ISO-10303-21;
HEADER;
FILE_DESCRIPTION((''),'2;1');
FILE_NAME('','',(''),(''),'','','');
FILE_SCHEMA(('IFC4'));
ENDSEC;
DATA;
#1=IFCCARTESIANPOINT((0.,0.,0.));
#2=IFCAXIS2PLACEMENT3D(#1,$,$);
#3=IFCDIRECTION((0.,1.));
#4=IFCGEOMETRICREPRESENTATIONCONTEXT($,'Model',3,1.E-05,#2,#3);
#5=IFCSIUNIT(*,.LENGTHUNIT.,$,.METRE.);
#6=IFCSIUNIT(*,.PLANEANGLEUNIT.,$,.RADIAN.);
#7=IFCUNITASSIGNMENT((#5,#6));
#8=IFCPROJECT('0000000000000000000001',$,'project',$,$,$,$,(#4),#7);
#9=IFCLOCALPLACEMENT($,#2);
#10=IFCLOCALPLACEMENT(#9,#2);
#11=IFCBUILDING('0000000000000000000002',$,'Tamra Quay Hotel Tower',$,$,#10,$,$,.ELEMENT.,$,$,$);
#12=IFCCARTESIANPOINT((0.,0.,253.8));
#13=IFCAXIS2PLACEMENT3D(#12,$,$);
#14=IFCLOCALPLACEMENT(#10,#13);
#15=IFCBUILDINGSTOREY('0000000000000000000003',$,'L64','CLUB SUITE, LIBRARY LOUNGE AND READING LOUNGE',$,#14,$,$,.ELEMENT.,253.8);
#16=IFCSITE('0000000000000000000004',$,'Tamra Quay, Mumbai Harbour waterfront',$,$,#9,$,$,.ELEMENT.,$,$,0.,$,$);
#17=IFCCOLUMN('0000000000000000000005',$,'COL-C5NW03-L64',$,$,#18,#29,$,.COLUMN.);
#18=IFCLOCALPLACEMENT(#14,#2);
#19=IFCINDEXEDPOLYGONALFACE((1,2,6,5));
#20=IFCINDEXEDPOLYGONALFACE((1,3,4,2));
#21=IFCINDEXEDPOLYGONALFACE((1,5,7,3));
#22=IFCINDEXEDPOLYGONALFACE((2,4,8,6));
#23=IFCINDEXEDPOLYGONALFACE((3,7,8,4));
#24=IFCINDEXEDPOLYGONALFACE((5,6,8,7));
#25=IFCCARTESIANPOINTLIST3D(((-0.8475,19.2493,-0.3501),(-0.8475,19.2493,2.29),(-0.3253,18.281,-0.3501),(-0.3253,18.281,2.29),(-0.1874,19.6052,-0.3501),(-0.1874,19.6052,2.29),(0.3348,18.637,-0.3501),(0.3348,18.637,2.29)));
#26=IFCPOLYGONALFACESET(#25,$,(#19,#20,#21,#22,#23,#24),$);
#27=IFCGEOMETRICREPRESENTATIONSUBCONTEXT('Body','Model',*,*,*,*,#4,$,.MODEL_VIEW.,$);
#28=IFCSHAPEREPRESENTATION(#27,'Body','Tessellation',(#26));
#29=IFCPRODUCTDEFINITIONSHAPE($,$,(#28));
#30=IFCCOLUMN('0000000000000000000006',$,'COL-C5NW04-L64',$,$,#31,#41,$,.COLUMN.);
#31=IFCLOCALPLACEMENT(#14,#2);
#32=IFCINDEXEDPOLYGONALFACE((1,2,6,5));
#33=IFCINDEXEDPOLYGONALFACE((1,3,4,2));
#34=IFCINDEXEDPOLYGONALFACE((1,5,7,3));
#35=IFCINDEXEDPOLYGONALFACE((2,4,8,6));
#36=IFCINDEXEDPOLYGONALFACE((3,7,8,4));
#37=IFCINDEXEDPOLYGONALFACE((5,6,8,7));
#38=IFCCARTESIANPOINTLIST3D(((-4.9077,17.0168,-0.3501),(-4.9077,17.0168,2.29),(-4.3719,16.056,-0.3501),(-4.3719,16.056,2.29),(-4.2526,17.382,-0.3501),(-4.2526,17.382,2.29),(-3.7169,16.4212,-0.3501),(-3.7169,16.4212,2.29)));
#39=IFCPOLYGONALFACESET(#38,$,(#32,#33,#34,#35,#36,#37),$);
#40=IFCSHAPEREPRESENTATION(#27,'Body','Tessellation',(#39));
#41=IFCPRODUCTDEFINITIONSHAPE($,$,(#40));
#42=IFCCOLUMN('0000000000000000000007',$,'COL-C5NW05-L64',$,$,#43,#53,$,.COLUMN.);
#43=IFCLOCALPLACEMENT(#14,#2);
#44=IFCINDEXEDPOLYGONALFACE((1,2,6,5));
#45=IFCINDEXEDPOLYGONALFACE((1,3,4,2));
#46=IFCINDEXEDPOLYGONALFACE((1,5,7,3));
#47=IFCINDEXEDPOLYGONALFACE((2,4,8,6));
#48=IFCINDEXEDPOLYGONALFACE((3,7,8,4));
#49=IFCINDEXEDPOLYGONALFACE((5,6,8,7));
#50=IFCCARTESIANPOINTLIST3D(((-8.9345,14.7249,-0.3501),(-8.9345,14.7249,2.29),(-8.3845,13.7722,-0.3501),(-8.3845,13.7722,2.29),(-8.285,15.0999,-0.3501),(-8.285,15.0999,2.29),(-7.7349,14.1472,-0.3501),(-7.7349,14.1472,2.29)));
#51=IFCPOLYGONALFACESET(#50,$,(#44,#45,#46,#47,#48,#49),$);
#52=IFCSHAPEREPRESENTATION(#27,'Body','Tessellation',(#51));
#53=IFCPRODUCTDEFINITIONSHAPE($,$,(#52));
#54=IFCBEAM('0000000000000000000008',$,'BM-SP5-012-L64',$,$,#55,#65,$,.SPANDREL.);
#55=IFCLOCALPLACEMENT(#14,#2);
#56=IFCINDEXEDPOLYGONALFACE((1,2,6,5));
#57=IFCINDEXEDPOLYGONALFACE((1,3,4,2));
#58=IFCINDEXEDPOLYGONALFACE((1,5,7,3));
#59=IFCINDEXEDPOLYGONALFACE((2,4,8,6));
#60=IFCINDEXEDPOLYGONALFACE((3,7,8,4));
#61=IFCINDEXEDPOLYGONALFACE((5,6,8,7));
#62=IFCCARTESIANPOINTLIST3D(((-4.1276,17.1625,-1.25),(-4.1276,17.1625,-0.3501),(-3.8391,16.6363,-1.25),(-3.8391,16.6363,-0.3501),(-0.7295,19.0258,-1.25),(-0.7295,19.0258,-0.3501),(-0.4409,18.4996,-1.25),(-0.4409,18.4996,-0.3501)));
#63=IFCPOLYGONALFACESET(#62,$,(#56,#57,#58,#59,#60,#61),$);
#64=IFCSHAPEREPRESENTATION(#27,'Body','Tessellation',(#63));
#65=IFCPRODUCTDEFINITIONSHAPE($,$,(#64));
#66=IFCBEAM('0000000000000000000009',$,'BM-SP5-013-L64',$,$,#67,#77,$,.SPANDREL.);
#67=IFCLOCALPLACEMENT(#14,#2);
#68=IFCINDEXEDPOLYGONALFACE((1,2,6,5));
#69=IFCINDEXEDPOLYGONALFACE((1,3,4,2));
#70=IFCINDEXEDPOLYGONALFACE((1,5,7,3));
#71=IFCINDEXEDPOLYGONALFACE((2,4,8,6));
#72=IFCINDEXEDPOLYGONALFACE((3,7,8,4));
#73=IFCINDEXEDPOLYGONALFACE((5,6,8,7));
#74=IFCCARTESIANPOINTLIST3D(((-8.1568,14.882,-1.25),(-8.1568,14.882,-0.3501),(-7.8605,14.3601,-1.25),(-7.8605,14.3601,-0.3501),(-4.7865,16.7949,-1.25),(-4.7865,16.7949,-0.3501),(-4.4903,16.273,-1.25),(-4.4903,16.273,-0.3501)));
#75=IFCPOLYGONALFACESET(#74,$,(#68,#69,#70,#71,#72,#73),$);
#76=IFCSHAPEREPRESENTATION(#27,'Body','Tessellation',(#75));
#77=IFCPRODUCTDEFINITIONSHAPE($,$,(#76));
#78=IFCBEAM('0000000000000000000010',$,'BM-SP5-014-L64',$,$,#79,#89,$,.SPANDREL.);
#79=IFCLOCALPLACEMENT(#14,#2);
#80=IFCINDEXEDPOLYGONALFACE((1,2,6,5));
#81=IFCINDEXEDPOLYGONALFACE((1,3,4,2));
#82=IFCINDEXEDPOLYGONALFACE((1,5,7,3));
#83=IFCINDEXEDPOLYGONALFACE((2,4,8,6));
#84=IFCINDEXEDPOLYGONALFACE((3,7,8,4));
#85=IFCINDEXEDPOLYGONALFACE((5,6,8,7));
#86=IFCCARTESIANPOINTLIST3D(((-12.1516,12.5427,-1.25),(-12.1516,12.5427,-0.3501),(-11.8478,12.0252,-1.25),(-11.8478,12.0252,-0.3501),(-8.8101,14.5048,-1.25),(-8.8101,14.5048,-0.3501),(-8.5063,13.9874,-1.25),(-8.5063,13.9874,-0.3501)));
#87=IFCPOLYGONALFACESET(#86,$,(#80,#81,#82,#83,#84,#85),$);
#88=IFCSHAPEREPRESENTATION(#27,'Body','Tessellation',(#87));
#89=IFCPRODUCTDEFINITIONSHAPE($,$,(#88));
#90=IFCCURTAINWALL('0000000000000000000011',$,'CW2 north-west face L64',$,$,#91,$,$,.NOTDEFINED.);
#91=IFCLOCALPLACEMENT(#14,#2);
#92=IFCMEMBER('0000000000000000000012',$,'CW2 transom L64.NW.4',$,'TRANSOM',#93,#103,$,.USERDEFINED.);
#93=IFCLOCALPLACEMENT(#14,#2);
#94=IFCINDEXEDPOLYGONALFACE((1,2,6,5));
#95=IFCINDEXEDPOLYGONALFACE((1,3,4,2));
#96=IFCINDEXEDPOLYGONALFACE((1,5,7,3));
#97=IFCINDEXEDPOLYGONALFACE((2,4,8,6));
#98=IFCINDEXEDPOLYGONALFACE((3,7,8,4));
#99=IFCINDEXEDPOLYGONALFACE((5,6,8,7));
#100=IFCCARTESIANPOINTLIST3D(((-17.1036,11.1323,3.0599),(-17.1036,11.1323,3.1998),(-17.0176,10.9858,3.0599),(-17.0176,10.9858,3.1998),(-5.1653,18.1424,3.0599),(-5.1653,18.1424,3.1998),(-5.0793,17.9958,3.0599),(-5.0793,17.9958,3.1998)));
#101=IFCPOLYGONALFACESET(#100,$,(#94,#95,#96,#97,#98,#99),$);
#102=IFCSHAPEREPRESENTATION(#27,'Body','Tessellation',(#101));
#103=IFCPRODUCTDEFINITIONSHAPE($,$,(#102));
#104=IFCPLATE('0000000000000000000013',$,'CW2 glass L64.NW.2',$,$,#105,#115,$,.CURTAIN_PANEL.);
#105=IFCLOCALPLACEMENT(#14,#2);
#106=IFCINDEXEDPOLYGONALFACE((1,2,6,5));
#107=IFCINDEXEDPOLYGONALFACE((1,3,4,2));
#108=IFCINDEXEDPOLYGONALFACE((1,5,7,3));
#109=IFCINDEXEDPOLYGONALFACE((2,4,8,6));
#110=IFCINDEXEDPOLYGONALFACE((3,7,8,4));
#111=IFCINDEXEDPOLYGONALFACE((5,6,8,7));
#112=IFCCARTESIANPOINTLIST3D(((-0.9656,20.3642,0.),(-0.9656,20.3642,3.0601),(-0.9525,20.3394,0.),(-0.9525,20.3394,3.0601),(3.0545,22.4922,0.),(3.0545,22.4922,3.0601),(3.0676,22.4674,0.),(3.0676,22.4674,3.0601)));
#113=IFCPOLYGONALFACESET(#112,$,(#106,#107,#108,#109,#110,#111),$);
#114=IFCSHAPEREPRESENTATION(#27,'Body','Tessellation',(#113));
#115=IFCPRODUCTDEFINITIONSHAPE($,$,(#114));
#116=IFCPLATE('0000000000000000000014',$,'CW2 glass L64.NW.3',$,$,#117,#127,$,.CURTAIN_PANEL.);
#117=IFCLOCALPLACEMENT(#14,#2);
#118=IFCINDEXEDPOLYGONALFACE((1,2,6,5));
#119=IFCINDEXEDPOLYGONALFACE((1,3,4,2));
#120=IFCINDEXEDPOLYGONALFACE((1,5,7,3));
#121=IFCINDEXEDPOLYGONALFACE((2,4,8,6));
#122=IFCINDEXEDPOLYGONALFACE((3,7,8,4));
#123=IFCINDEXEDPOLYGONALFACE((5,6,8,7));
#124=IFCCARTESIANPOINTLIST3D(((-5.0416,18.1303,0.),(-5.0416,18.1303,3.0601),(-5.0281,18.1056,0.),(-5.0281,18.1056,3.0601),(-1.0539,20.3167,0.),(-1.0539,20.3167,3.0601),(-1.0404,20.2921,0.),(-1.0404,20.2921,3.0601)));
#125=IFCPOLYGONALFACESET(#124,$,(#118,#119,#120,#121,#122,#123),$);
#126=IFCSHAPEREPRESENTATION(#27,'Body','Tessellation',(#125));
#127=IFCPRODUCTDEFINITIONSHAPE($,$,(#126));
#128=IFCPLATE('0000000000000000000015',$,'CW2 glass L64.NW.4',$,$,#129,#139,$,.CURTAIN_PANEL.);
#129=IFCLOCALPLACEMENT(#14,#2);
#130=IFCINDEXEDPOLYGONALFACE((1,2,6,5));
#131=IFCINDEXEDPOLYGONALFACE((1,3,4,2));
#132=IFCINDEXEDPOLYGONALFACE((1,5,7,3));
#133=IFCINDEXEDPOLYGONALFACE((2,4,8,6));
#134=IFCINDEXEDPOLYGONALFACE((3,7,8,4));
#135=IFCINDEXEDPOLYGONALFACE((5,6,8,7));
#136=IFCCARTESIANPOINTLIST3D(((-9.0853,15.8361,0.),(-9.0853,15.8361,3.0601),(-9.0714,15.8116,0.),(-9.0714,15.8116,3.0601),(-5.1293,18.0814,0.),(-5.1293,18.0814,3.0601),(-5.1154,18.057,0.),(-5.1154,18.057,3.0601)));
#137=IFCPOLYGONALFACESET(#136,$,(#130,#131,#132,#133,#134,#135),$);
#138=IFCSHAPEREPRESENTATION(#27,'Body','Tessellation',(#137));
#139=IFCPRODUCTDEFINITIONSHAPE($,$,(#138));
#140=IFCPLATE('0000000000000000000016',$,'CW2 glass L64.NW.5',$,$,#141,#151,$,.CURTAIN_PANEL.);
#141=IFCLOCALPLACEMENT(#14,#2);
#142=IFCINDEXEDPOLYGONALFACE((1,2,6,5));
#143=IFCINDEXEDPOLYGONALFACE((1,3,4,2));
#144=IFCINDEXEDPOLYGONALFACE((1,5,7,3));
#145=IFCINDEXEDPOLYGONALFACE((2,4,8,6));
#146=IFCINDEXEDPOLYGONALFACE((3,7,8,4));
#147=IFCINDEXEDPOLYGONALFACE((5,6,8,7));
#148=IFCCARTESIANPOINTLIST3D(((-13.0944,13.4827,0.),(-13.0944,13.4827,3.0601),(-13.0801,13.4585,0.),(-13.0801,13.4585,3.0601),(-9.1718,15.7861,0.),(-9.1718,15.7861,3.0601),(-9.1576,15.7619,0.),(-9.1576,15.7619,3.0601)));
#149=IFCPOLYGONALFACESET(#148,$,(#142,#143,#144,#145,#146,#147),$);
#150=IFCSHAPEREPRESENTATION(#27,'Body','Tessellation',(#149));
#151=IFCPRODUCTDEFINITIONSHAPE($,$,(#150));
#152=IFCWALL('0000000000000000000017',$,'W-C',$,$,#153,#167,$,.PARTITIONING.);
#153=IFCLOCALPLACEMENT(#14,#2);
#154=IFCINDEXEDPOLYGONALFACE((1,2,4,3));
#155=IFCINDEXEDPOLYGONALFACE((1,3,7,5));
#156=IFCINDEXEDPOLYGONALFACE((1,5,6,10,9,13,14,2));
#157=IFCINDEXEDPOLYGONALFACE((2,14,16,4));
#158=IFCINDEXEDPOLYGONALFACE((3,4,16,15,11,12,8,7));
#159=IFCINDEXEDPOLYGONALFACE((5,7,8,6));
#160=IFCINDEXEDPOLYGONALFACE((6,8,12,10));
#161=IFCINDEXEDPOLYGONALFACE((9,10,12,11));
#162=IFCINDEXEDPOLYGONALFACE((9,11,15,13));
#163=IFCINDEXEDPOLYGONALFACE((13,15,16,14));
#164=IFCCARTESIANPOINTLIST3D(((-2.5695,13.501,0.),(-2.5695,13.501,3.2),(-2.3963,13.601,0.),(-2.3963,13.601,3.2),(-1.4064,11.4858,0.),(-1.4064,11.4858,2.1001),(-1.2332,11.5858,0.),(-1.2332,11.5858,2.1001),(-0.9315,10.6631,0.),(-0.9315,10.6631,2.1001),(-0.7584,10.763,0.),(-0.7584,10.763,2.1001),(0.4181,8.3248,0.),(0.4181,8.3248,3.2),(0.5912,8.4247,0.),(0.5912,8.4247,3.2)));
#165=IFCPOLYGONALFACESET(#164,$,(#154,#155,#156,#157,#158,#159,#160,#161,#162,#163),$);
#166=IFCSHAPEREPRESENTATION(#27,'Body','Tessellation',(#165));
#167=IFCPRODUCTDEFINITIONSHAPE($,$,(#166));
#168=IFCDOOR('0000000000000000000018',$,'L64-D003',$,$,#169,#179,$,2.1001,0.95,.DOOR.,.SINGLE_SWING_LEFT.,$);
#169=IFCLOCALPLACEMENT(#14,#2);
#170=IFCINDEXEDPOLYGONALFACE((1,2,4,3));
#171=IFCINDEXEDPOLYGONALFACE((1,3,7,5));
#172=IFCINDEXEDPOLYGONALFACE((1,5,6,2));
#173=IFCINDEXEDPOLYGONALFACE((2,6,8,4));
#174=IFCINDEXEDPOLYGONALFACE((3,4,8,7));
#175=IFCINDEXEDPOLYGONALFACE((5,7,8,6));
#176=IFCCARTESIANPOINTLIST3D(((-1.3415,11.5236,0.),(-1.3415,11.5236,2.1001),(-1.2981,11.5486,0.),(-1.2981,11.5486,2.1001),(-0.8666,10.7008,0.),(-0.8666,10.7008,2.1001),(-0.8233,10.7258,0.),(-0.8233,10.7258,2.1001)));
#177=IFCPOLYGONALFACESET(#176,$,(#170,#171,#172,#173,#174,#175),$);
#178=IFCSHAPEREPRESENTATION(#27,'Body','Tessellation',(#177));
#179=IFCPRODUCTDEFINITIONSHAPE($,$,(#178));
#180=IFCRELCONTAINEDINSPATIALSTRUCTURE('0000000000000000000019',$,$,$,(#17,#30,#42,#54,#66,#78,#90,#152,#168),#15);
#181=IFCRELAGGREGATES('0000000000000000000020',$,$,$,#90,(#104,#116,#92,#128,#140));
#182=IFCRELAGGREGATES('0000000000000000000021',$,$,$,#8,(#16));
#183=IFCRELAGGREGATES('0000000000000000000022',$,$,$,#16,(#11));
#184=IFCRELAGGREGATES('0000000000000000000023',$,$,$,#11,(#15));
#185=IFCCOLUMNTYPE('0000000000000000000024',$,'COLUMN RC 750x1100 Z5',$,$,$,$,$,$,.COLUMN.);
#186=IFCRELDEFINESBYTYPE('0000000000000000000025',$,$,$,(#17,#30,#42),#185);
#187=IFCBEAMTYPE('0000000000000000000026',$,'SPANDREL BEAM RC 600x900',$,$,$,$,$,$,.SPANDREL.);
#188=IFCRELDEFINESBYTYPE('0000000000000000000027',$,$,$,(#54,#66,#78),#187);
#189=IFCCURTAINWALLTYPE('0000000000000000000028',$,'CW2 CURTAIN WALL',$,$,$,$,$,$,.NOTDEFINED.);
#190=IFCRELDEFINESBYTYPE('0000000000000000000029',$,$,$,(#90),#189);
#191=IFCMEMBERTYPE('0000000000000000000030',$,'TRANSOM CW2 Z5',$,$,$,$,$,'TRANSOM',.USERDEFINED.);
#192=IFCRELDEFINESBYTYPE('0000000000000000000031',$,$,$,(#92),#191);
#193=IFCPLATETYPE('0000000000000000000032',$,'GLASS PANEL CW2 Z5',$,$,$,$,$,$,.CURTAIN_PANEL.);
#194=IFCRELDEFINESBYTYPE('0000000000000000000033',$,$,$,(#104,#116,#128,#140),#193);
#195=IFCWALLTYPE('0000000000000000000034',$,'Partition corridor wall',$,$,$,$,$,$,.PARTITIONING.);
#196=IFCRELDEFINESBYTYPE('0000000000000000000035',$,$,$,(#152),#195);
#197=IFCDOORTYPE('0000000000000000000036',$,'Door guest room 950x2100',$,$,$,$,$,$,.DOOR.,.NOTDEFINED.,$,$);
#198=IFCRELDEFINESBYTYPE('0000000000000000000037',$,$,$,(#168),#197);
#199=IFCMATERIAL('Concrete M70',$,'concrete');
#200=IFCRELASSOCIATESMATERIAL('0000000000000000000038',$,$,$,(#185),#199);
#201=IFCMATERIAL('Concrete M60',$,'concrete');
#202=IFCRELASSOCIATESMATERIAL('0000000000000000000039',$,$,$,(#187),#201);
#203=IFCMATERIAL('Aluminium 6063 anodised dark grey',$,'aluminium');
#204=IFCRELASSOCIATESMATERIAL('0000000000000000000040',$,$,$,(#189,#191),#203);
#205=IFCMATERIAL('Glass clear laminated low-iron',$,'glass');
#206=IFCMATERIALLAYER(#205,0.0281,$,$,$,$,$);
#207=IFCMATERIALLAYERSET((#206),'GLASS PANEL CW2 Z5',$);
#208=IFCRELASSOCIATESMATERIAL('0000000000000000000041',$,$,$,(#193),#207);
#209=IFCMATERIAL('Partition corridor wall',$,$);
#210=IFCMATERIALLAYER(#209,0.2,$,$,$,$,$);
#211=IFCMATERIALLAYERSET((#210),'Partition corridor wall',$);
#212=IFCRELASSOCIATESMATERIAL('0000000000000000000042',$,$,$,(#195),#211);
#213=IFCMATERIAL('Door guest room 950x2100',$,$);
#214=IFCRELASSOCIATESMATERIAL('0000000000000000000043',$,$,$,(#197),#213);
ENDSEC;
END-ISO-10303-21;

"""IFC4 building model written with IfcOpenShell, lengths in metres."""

from ifc_helpers import new_model, si_unit, direction, frame, frame_2d, origin, origin_2d, place, context, subcontext, project, spatial, rectangle, extrude, material, layer, layer_set, material_profile, profile_set, type_object, element, fill, aggregate, save


model = new_model("IFC4")

# Units and contexts
model_context = context("Model", 3, precision=1e-05, world=origin(), true_north=direction((0.0, 1.0)))
body_context = subcontext(model_context, "Body", "Model", "MODEL_VIEW")
ifc_project = project(units=[si_unit("LENGTHUNIT", "METRE"), si_unit("PLANEANGLEUNIT", "RADIAN")], contexts=[model_context])

# Site, building, storey
site_placement = place(None, origin())
site = spatial("IfcSite", under=ifc_project, at=site_placement, Name="Tamra Quay, Mumbai Harbour waterfront", CompositionType="ELEMENT", RefElevation=0.0)
building_placement = place(site_placement, origin())
building = spatial("IfcBuilding", under=site, at=building_placement, Name="Tamra Quay Hotel Tower", CompositionType="ELEMENT")
storey_placement = place(building_placement, frame((0.0, 0.0, 253.8)))
storey = spatial("IfcBuildingStorey", under=building, at=storey_placement, Name="L64", Description="CLUB SUITE, LIBRARY LOUNGE AND READING LOUNGE", CompositionType="ELEMENT", Elevation=253.8)

# Columns
ifc_material_1 = material(Name="Concrete M70", Category="concrete")
ifc_material_profile_1 = material_profile(ifc_material_1, rectangle(XDim=1.1001, YDim=0.75, at=origin_2d()), Name="COLUMN RC 750x1100 Z5")
ifc_profile_set_1 = profile_set([ifc_material_profile_1], Name="Concrete M70")
column_type = type_object("IfcColumnType", Name="COLUMN RC 750x1100 Z5", PredefinedType="COLUMN", material=ifc_profile_set_1)
for number, where, z_axis, x_axis, name in (
    (1, (-0.2563, 18.9431, -0.3501), (0.0, 0.0, 1.0), (-0.474651, 0.880174, 0.0), "COL-C5NW03-L64"),
    (2, (-4.3123, 16.719, -0.3501), (0.0, 0.0, 1.0), (-0.486989, 0.873408, 0.0), "COL-C5NW04-L64"),
    (3, (-8.3347, 14.436, -0.3501), (0.0, 0.0, 1.0), (-0.5, 0.866025, 0.0), "COL-C5NW05-L64"),
):
    element("IfcColumn", number, at=place(storey_placement, frame(where, z_axis=z_axis, x_axis=x_axis)), inside=storey, type_object=column_type, Name=name, PredefinedType="COLUMN", context=body_context, shape_type="SweptSolid", body=[
        extrude(rectangle(XDim=1.1001, YDim=0.75, at=origin_2d()), origin(), (0.0, 0.0, 1.0), 2.6401),
    ])

# Beams
ifc_material_2 = material(Name="Concrete M60", Category="concrete")
ifc_material_profile_2 = material_profile(ifc_material_2, rectangle(XDim=0.6001, YDim=0.8999, at=origin_2d()), Name="SPANDREL BEAM RC 600x900")
ifc_profile_set_2 = profile_set([ifc_material_profile_2], Name="Concrete M60")
beam_type = type_object("IfcBeamType", Name="SPANDREL BEAM RC 600x900", PredefinedType="SPANDREL", material=ifc_profile_set_2)
beam_1_placement = place(storey_placement, frame((-0.5852, 18.7627, -0.8), z_axis=(-0.876839, -0.480784, 0.0), x_axis=(0.480784, -0.876839, 0.0)))
element("IfcBeam", 4, at=beam_1_placement, inside=storey, type_object=beam_type, Name="BM-SP5-012-L64", PredefinedType="SPANDREL", context=body_context, shape_type="SweptSolid", body=[
    extrude(rectangle(XDim=0.6001, YDim=0.8999, at=origin_2d()), origin(), (0.0, 0.0, 1.0), 3.8755),
])
beam_2_placement = place(storey_placement, frame((-4.6384, 16.5339, -0.8), z_axis=(-0.869678, -0.49362, 0.0), x_axis=(0.49362, -0.869678, 0.0)))
element("IfcBeam", 5, at=beam_2_placement, inside=storey, type_object=beam_type, Name="BM-SP5-013-L64", PredefinedType="SPANDREL", context=body_context, shape_type="SweptSolid", body=[
    extrude(rectangle(XDim=0.6001, YDim=0.8999, at=origin_2d()), origin(), (0.0, 0.0, 1.0), 3.8752),
])
beam_3_placement = place(storey_placement, frame((-8.6582, 14.2461, -0.8), z_axis=(-0.862324, -0.506356, 0.0), x_axis=(0.506356, -0.862324, 0.0)))
element("IfcBeam", 6, at=beam_3_placement, inside=storey, type_object=beam_type, Name="BM-SP5-014-L64", PredefinedType="SPANDREL", context=body_context, shape_type="SweptSolid", body=[
    extrude(rectangle(XDim=0.6001, YDim=0.8999, at=origin_2d()), origin(), (0.0, 0.0, 1.0), 3.875),
])

# Curtain wall, member, plates
ifc_material_3 = material(Name="Aluminium 6063 anodised dark grey", Category="aluminium")
curtain_wall_type = type_object("IfcCurtainWallType", Name="CW2 CURTAIN WALL", PredefinedType="NOTDEFINED", material=ifc_material_3)
curtain_wall_placement = place(storey_placement, origin())
curtain_wall = element("IfcCurtainWall", 7, at=curtain_wall_placement, inside=storey, type_object=curtain_wall_type, Name="CW2 north-west face L64", PredefinedType="NOTDEFINED")
ifc_material_profile_3 = material_profile(ifc_material_3, rectangle(XDim=0.1699, YDim=0.1399, at=origin_2d()), Name="TRANSOM 170X140")
ifc_profile_set_3 = profile_set([ifc_material_profile_3], Name="Aluminium 6063 anodised dark grey")
member_type = type_object("IfcMemberType", Name="TRANSOM CW2 Z5", ElementType="TRANSOM", PredefinedType="USERDEFINED", material=ifc_profile_set_3)
member_placement = place(storey_placement, frame((-5.1223, 18.0691, 3.1299), z_axis=(-0.862328, -0.50635, 0.0), x_axis=(0.50635, -0.862328, 0.0)))
member = element("IfcMember", 8, at=member_placement, type_object=member_type, Name="CW2 transom L64.NW.4", ObjectType="TRANSOM", PredefinedType="USERDEFINED", context=body_context, shape_type="SweptSolid", body=[
    extrude(rectangle(XDim=0.1699, YDim=0.1399, at=origin_2d()), origin(), (0.0, 0.0, 1.0), 13.8442),
])
ifc_material_4 = material(Name="Glass clear laminated low-iron", Category="glass")
ifc_layer_1 = layer(ifc_material_4, 0.0281)
ifc_layer_set_1 = layer_set([ifc_layer_1], Name="GLASS PANEL CW2 Z5")
plate_type = type_object("IfcPlateType", Name="GLASS PANEL CW2 Z5", PredefinedType="CURTAIN_PANEL", material=ifc_layer_set_1)
plate_1_placement = place(storey_placement, frame((1.051, 21.4158, 0.0), z_axis=(0.0, 0.0, 1.0), x_axis=(-0.883813, -0.467841, 0.0)))
plate_1 = element("IfcPlate", 9, at=plate_1_placement, type_object=plate_type, Name="CW2 glass L64.NW.2", PredefinedType="CURTAIN_PANEL", context=body_context, shape_type="SweptSolid", body=[
    extrude(rectangle(XDim=4.5486, YDim=0.0281, at=origin_2d()), origin(), (0.0, 0.0, 1.0), 3.0601),
])
plate_2_placement = place(storey_placement, frame((-3.041, 19.2112, 0.0), z_axis=(0.0, 0.0, 1.0), x_axis=(-0.876846, -0.480771, 0.0)))
plate_2 = element("IfcPlate", 10, at=plate_2_placement, type_object=plate_type, Name="CW2 glass L64.NW.3", PredefinedType="CURTAIN_PANEL", context=body_context, shape_type="SweptSolid", body=[
    extrude(rectangle(XDim=4.5479, YDim=0.0281, at=origin_2d()), origin(), (0.0, 0.0, 1.0), 3.0601),
])
plate_3_placement = place(storey_placement, frame((-7.1003, 16.9465, 0.0), z_axis=(0.0, 0.0, 1.0), x_axis=(-0.869683, -0.493611, 0.0)))
plate_3 = element("IfcPlate", 11, at=plate_3_placement, type_object=plate_type, Name="CW2 glass L64.NW.4", PredefinedType="CURTAIN_PANEL", context=body_context, shape_type="SweptSolid", body=[
    extrude(rectangle(XDim=4.5488, YDim=0.0281, at=origin_2d()), origin(), (0.0, 0.0, 1.0), 3.0601),
])
plate_4_placement = place(storey_placement, frame((-11.126, 14.6223, 0.0), z_axis=(0.0, 0.0, 1.0), x_axis=(-0.862321, -0.506362, 0.0)))
plate_4 = element("IfcPlate", 12, at=plate_4_placement, type_object=plate_type, Name="CW2 glass L64.NW.5", PredefinedType="CURTAIN_PANEL", context=body_context, shape_type="SweptSolid", body=[
    extrude(rectangle(XDim=4.5488, YDim=0.0281, at=origin_2d()), origin(), (0.0, 0.0, 1.0), 3.0601),
])
aggregate(curtain_wall, [plate_1, plate_2, member, plate_3, plate_4])

# Wall, opening, door
ifc_material_5 = material(Name="Partition corridor wall")
ifc_layer_2 = layer(ifc_material_5, 0.2)
ifc_layer_set_2 = layer_set([ifc_layer_2], Name="Partition corridor wall")
wall_type_1 = type_object("IfcWallType", Name="Partition corridor wall", PredefinedType="PARTITIONING", material=ifc_layer_set_2)
wall_1_placement = place(storey_placement, frame((-2.4829, 13.551, 0.0), z_axis=(0.0, 0.0, 1.0), x_axis=(0.499878, -0.866096, 0.0)))
wall_1 = element("IfcWall", 13, at=wall_1_placement, inside=storey, type_object=wall_type_1, Name="W-C", PredefinedType="PARTITIONING", context=body_context, shape_type="SweptSolid", body=[
    extrude(rectangle(XDim=5.9766, YDim=0.2, at=frame_2d((2.9883, 0.0))), origin(), (0.0, 0.0, 1.0), 3.2),
])
opening_1_placement = place(wall_1_placement, frame((2.3267, 0.0, 0.0)))
opening_1 = element("IfcOpeningElement", 14, at=opening_1_placement, cuts=wall_1, PredefinedType="OPENING", context=body_context, shape_type="SweptSolid", body=[
    extrude(rectangle(XDim=0.95, YDim=2.1001, at=frame_2d((0.4751, 1.05))), frame((0.0, 0.1099, 0.0), z_axis=(0.0, -1.0, 0.0), x_axis=(1.0, 0.0, 0.0)), (0.0, 0.0, 1.0), 0.22),
])
ifc_material_6 = material(Name="Door guest room 950x2100")
door_type_1 = type_object("IfcDoorType", Name="Door guest room 950x2100", OperationType="NOTDEFINED", PredefinedType="DOOR", material=ifc_material_6)
door_1_placement = place(opening_1_placement, frame((0.95, 0.0, 0.0), z_axis=(0.0, 0.0, 1.0), x_axis=(-1.0, 0.0, 0.0)))
door_1 = element("IfcDoor", 15, at=door_1_placement, inside=storey, type_object=door_type_1, Name="L64-D003", OperationType="SINGLE_SWING_LEFT", OverallHeight=2.1001, OverallWidth=0.95, PredefinedType="DOOR", context=body_context, shape_type="SweptSolid", body=[
    extrude(rectangle(XDim=0.95, YDim=2.1001, at=frame_2d((0.4751, 1.05))), frame((0.0, 0.0249, 0.0), z_axis=(0.0, -1.0, 0.0), x_axis=(1.0, 0.0, 0.0)), (0.0, 0.0, 1.0), 0.05),
])
fill(opening_1, door_1)

save(model, "model.ifc")
